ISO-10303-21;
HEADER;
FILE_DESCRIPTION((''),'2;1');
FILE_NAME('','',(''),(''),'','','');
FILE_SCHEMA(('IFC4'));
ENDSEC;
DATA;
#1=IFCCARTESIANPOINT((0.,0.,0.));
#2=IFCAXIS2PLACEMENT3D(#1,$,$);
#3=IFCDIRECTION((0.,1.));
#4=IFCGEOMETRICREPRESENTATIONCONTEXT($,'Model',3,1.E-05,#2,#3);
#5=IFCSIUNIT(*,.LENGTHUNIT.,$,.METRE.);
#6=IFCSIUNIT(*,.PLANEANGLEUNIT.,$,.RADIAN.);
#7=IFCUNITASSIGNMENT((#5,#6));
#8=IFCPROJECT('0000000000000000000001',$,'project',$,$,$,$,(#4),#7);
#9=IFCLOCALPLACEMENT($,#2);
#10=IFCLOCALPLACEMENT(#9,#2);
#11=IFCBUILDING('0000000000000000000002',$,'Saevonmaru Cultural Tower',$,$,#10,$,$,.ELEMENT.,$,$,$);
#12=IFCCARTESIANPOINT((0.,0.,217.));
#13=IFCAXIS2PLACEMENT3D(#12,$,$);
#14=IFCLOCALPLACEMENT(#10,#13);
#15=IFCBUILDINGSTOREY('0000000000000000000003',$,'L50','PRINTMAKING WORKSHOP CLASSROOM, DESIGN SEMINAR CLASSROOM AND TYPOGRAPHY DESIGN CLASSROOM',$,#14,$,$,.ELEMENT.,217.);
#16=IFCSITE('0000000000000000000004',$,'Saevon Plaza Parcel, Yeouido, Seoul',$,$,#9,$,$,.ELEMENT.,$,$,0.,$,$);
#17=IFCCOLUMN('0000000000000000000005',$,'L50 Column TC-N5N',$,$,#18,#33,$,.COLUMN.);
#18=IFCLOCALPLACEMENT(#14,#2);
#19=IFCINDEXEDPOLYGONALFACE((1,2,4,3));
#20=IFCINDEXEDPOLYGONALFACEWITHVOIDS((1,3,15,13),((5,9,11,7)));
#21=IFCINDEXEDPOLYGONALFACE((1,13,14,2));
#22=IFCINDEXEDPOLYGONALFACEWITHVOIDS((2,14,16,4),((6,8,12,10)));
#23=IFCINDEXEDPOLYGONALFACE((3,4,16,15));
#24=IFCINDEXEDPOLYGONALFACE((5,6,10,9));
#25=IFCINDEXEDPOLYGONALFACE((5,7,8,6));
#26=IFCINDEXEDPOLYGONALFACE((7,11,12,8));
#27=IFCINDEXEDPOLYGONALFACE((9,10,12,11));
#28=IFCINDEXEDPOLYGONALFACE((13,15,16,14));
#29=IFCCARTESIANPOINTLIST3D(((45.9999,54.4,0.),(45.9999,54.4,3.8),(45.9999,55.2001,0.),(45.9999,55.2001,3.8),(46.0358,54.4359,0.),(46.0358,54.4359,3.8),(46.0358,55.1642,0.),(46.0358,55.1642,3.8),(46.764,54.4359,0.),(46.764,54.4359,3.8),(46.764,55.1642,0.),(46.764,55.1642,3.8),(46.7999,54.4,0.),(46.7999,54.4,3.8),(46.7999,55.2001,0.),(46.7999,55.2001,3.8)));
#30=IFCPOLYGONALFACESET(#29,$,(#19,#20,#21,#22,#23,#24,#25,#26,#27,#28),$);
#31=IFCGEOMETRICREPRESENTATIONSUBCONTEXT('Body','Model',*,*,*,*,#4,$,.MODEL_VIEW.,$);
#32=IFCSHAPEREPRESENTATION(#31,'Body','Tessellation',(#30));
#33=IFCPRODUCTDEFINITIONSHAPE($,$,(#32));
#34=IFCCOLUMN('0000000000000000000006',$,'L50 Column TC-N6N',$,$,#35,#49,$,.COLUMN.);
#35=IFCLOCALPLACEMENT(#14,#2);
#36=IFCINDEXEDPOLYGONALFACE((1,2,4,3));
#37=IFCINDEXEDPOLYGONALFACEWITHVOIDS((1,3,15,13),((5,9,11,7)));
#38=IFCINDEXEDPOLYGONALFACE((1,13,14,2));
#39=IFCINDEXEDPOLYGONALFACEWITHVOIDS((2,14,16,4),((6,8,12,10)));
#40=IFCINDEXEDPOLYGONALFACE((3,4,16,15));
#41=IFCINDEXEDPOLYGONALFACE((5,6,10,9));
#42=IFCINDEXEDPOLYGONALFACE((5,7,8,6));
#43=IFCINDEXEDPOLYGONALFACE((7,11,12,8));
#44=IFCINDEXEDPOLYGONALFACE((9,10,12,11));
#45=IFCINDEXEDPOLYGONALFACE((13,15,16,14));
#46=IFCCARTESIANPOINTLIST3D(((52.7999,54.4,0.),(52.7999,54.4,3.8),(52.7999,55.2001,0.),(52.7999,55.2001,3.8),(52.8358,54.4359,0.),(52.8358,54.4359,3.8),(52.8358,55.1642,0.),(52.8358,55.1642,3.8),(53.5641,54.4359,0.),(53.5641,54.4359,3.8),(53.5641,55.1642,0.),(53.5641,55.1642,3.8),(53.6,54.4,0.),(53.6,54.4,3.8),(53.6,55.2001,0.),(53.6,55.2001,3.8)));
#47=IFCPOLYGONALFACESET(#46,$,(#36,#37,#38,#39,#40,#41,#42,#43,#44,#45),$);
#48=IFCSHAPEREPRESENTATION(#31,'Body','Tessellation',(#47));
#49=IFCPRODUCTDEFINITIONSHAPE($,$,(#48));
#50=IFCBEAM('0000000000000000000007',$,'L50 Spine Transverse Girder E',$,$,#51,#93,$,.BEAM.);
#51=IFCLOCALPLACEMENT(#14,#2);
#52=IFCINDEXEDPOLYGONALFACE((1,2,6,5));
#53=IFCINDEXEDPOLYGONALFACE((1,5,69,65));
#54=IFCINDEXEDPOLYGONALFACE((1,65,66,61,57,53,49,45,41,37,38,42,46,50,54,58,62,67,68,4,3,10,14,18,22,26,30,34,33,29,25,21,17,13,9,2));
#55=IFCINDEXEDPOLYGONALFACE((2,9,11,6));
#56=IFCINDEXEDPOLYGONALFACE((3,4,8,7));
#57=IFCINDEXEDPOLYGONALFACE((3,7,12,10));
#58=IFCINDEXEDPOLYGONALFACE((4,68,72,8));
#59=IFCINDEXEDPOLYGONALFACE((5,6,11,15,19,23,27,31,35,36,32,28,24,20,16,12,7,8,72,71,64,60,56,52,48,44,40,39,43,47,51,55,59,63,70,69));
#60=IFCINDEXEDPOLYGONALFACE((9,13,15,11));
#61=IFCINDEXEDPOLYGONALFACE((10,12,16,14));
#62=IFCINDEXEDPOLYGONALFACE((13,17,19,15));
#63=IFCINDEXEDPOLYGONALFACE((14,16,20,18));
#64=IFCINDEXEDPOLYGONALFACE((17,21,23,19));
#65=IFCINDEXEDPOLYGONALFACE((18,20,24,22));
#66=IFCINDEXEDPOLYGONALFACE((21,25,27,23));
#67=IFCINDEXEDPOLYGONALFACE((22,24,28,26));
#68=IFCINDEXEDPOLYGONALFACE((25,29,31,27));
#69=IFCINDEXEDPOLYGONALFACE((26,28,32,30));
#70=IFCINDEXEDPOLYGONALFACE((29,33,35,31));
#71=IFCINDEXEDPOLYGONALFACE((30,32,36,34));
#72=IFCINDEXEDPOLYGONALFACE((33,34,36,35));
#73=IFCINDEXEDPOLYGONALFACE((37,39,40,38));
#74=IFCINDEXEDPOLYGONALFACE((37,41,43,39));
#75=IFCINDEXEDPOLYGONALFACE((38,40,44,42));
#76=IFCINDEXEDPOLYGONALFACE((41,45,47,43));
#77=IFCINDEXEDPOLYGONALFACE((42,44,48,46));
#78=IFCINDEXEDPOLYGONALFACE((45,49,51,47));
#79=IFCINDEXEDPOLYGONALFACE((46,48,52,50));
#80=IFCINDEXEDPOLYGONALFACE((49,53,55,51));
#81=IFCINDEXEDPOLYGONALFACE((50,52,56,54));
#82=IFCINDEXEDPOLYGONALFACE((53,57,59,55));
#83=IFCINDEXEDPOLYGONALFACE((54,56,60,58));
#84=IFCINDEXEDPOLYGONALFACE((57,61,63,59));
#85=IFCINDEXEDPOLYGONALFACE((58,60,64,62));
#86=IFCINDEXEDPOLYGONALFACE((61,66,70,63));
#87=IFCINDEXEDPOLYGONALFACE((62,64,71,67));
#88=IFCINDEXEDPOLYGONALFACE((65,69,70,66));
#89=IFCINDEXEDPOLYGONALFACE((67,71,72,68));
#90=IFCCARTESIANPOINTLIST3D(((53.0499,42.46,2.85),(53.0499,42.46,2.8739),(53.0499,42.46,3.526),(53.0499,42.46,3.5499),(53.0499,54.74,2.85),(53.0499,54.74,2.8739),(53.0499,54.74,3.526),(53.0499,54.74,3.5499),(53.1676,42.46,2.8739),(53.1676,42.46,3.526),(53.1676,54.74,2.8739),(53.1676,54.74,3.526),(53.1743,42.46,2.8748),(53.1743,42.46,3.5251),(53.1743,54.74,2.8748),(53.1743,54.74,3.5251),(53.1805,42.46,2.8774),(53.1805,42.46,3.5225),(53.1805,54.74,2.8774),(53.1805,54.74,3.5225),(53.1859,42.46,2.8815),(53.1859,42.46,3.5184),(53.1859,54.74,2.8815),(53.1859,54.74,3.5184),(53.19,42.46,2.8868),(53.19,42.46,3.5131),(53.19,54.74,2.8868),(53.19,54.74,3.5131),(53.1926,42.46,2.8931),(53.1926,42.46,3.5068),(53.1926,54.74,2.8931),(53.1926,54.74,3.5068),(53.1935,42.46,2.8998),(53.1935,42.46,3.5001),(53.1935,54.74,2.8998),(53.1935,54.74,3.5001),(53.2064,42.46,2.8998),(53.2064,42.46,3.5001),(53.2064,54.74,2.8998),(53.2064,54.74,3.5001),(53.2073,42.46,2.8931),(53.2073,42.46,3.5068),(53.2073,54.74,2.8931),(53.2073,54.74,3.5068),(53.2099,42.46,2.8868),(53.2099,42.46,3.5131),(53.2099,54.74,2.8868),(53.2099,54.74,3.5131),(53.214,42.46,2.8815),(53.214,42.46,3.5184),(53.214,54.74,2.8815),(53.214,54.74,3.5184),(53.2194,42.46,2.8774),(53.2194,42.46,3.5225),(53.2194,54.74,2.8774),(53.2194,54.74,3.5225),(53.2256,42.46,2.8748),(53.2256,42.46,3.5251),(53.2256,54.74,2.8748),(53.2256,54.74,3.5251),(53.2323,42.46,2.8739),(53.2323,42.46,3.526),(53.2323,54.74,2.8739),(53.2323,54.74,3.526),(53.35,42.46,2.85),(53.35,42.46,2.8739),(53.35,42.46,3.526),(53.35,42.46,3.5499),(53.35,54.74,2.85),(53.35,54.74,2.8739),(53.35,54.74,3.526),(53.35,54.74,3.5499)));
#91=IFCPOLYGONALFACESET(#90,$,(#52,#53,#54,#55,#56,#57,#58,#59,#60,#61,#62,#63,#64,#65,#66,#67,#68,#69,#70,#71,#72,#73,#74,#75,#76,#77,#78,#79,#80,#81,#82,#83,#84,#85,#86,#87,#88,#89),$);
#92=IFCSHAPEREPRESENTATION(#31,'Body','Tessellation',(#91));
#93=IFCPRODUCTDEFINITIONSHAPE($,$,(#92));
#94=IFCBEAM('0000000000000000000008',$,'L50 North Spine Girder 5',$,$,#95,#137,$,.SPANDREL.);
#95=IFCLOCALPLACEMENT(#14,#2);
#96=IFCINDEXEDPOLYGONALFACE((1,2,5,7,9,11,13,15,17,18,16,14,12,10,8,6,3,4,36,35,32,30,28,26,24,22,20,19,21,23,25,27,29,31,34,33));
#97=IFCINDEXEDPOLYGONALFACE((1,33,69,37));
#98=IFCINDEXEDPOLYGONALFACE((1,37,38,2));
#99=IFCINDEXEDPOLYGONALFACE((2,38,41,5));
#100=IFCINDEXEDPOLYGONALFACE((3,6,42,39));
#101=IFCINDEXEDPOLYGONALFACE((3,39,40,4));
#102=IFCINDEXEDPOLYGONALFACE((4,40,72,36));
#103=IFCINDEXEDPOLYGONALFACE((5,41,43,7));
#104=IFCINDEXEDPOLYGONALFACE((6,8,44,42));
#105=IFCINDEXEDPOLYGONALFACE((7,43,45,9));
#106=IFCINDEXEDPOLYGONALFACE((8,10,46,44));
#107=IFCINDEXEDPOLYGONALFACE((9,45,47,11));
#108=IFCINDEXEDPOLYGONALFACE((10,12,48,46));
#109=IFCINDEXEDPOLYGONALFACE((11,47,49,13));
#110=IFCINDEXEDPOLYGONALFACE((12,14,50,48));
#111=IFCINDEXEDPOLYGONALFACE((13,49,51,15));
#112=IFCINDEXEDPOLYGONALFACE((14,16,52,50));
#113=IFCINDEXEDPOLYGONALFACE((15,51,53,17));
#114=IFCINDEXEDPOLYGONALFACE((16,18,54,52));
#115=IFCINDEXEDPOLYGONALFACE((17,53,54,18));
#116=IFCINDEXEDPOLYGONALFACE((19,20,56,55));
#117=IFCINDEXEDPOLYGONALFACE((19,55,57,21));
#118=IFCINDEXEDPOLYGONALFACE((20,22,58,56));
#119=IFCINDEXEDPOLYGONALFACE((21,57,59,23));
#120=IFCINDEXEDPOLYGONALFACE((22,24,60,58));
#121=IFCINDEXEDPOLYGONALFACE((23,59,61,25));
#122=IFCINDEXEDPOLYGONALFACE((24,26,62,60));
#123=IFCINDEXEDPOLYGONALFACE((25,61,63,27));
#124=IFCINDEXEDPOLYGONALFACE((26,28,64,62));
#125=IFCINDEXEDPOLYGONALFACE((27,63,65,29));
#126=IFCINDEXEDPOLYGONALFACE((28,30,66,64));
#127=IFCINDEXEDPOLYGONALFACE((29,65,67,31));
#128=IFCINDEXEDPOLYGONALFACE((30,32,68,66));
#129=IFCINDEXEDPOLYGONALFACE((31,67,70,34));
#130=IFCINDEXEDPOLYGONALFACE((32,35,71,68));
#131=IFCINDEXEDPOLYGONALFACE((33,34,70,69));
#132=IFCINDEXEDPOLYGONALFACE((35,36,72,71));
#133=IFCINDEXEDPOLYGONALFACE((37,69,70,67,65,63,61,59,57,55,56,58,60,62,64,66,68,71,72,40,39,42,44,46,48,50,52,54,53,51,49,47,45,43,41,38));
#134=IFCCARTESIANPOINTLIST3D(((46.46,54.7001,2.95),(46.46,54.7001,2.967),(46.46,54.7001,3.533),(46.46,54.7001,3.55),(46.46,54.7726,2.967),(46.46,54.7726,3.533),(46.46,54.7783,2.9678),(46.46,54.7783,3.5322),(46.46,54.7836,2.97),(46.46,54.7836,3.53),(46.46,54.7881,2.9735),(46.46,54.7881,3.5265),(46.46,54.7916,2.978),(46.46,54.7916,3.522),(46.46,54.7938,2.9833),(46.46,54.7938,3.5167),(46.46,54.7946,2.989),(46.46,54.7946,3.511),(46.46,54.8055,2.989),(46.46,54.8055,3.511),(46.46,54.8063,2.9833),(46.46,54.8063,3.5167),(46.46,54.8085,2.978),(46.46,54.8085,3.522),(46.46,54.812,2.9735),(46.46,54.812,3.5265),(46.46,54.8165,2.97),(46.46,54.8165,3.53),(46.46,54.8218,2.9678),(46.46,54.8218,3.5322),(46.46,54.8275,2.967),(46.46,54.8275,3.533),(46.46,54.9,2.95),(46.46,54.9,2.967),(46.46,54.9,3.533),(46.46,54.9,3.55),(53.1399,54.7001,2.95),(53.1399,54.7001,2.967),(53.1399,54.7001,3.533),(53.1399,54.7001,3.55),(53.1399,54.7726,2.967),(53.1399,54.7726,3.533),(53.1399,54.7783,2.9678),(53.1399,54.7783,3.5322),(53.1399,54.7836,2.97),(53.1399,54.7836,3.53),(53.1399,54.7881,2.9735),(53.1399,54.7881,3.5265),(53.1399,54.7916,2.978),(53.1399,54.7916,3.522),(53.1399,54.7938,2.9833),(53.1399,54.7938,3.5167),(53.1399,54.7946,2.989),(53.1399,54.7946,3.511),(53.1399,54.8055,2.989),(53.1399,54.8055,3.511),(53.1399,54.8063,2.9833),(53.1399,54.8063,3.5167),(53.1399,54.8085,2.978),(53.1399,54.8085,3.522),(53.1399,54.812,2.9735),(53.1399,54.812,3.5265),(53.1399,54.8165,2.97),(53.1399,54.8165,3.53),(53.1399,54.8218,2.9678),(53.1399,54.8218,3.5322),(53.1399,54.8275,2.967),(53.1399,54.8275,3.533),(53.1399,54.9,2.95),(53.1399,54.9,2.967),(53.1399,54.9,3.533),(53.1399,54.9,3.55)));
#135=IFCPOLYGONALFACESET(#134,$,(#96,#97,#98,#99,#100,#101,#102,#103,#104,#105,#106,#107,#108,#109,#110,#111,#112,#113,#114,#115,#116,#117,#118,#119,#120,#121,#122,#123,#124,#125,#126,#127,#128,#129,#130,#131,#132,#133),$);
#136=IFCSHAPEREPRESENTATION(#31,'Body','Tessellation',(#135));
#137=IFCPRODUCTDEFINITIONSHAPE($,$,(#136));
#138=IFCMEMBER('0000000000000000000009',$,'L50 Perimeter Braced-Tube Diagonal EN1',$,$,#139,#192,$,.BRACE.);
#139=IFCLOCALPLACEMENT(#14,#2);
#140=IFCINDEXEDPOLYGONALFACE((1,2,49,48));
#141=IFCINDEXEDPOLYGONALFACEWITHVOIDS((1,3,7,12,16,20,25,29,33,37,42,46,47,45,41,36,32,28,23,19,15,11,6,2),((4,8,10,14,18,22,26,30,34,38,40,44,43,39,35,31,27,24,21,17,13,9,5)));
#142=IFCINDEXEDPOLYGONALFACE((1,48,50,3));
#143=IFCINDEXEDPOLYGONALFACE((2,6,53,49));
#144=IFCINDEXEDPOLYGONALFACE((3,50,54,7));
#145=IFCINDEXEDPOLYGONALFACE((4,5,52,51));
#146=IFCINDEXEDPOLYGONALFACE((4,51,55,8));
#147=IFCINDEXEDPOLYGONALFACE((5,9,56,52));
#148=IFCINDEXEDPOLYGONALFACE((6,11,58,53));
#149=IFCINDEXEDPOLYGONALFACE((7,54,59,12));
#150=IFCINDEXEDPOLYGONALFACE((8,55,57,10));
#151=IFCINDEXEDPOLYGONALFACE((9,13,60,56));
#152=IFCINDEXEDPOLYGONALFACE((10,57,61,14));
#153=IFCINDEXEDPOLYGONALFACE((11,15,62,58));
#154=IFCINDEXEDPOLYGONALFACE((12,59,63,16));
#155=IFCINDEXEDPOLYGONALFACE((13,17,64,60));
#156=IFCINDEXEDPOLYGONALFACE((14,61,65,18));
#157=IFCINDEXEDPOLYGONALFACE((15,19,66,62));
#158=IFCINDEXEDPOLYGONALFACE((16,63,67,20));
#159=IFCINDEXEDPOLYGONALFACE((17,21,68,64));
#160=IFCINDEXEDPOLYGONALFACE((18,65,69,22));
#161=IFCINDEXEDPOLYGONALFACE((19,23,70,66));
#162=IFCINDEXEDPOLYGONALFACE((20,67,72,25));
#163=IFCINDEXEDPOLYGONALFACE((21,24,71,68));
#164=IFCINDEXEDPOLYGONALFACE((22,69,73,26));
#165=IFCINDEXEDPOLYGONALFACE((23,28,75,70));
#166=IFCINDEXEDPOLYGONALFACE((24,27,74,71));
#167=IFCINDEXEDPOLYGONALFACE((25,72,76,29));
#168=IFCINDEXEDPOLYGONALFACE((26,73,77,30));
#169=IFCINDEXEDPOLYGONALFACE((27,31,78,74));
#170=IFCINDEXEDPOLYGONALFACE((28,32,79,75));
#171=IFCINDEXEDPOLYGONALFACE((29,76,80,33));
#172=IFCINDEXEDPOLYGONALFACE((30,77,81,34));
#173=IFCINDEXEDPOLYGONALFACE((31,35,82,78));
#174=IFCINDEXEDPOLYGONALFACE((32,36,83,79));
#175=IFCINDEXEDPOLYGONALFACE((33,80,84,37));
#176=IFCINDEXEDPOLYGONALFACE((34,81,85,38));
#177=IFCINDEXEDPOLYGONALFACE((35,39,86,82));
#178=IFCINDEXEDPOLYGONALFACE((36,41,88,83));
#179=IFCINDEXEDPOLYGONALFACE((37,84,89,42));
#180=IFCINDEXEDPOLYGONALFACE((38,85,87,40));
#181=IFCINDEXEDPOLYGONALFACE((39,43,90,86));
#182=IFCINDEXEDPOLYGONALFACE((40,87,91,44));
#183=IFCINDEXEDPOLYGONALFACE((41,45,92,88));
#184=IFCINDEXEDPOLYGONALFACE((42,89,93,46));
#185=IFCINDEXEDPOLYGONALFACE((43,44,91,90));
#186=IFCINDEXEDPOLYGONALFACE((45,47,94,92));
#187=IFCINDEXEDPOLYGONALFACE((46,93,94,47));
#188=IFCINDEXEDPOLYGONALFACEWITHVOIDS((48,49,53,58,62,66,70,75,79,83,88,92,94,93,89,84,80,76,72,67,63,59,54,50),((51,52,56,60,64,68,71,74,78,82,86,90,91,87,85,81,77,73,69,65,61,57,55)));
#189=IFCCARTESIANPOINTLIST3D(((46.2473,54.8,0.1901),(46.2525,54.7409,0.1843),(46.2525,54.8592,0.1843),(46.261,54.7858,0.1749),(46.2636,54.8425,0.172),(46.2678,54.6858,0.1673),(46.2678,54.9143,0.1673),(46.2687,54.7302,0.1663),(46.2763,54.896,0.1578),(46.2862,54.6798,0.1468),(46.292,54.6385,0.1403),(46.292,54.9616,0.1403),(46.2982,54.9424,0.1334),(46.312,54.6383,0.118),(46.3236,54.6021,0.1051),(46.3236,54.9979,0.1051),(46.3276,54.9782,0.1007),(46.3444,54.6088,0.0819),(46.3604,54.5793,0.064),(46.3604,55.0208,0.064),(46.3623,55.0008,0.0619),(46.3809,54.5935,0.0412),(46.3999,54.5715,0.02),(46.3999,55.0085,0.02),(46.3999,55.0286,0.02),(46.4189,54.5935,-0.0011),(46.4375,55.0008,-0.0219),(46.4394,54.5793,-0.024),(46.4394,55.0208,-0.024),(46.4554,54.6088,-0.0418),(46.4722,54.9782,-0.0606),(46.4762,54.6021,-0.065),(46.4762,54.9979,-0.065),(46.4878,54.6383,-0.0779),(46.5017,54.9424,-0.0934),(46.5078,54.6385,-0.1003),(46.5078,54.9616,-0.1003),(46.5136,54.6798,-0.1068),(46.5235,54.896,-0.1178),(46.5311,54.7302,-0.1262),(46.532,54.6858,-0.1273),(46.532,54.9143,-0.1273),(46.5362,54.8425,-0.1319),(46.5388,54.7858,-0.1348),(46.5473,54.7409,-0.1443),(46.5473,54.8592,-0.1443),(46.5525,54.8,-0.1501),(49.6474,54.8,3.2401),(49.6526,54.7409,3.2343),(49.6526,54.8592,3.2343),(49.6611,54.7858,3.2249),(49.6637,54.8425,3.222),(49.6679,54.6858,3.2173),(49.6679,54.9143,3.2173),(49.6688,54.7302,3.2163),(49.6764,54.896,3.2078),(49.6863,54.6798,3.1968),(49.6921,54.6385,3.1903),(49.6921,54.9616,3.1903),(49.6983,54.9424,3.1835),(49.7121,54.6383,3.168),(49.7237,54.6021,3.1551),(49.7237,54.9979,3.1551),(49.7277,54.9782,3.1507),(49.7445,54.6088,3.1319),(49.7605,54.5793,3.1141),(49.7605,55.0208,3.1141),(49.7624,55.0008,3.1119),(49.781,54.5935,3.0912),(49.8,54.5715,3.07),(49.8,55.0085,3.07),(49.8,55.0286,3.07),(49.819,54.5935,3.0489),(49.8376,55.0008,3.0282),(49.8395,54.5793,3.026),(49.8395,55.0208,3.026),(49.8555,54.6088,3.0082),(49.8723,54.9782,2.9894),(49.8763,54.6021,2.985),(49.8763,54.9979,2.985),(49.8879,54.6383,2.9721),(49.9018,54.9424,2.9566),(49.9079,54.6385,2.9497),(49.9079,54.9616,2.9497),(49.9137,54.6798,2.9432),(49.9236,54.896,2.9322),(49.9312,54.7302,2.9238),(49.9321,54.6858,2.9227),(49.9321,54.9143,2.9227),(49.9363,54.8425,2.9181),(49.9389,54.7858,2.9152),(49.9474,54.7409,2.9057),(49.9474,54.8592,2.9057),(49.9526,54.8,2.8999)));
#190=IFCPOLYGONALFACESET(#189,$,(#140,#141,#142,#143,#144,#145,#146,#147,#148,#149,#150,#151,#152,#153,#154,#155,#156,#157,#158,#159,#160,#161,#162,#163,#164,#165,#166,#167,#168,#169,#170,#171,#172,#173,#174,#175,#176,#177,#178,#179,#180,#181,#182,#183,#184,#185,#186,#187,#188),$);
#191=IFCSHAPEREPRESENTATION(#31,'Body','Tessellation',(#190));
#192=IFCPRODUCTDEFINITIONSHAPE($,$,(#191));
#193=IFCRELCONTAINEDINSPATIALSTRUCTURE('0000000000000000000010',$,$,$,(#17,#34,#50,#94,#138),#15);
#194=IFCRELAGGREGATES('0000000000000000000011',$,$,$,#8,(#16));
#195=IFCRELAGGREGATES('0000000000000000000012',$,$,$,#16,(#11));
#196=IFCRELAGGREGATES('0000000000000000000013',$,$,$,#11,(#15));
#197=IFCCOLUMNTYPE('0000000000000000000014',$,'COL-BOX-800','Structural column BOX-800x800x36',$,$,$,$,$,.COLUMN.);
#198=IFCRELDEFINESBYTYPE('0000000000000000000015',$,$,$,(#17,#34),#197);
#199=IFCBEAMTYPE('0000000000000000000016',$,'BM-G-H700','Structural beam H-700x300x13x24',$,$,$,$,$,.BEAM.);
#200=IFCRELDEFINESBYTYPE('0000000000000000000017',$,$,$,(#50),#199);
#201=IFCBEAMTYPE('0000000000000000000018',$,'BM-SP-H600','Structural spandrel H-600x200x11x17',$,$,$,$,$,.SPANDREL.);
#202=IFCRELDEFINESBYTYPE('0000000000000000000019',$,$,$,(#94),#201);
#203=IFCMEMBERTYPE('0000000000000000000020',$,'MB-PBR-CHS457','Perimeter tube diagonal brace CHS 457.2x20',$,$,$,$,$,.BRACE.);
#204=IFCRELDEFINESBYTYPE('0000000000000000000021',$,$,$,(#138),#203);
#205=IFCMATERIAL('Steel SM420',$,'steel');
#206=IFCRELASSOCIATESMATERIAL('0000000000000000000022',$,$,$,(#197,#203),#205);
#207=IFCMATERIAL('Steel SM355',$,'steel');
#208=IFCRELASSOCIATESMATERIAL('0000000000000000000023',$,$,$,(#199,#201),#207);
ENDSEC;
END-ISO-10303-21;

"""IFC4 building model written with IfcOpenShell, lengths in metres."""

from ifc_helpers import new_model, si_unit, direction, frame, origin, origin_2d, place, context, subcontext, project, spatial, hollow_rectangle, hollow_circle, i_section, extrude, material, material_profile, profile_set, type_object, element, save


model = new_model("IFC4")

# Units and contexts
model_context = context("Model", 3, precision=1e-05, world=origin(), true_north=direction((0.0, 1.0)))
body_context = subcontext(model_context, "Body", "Model", "MODEL_VIEW")
ifc_project = project(units=[si_unit("LENGTHUNIT", "METRE"), si_unit("PLANEANGLEUNIT", "RADIAN")], contexts=[model_context])

# Site, building, storey
site_placement = place(None, origin())
site = spatial("IfcSite", under=ifc_project, at=site_placement, Name="Saevon Plaza Parcel, Yeouido, Seoul", CompositionType="ELEMENT", RefElevation=0.0)
building_placement = place(site_placement, origin())
building = spatial("IfcBuilding", under=site, at=building_placement, Name="Saevonmaru Cultural Tower", CompositionType="ELEMENT")
storey_placement = place(building_placement, frame((0.0, 0.0, 217.0)))
storey = spatial("IfcBuildingStorey", under=building, at=storey_placement, Name="L50", Description="PRINTMAKING WORKSHOP CLASSROOM, DESIGN SEMINAR CLASSROOM AND TYPOGRAPHY DESIGN CLASSROOM", CompositionType="ELEMENT", Elevation=217.0)

# Columns
ifc_material_1 = material(Name="Steel SM420", Category="steel")
ifc_material_profile_1 = material_profile(ifc_material_1, hollow_rectangle(XDim=0.8, YDim=0.8, WallThickness=0.0359, at=origin_2d()), Name="BOX-800x800x36")
ifc_profile_set_1 = profile_set([ifc_material_profile_1], Name="Steel SM420")
column_type = type_object("IfcColumnType", Name="COL-BOX-800", Description="Structural column BOX-800x800x36", PredefinedType="COLUMN", material=ifc_profile_set_1)
for number, where, z_axis, x_axis, name in (
    (1, (46.3999, 54.8, 0.0), (0.0, 0.0, 1.0), (1.0, 0.0, 0.0), "L50 Column TC-N5N"),
    (2, (53.2, 54.8, 0.0), (0.0, 0.0, 1.0), (1.0, 0.0, 0.0), "L50 Column TC-N6N"),
):
    element("IfcColumn", number, at=place(storey_placement, frame(where, z_axis=z_axis, x_axis=x_axis)), inside=storey, type_object=column_type, Name=name, PredefinedType="COLUMN", context=body_context, shape_type="SweptSolid", body=[
        extrude(hollow_rectangle(XDim=0.8, YDim=0.8, WallThickness=0.0359, at=origin_2d()), origin(), (0.0, 0.0, 1.0), 3.8),
    ])

# Beams
ifc_material_2 = material(Name="Steel SM355", Category="steel")
ifc_material_profile_2 = material_profile(ifc_material_2, i_section(OverallWidth=0.3, OverallDepth=0.7, WebThickness=0.0129, FlangeThickness=0.0239, FilletRadius=0.0259, at=origin_2d()), Name="H-700x300x13x24")
ifc_profile_set_2 = profile_set([ifc_material_profile_2], Name="Steel SM355")
beam_type_1 = type_object("IfcBeamType", Name="BM-G-H700", Description="Structural beam H-700x300x13x24", PredefinedType="BEAM", material=ifc_profile_set_2)
beam_1_placement = place(storey_placement, frame((53.2, 54.74, 3.2), z_axis=(0.0, -1.0, 0.0), x_axis=(1.0, 0.0, 0.0)))
element("IfcBeam", 3, at=beam_1_placement, inside=storey, type_object=beam_type_1, Name="L50 Spine Transverse Girder E", PredefinedType="BEAM", context=body_context, shape_type="SweptSolid", body=[
    extrude(i_section(OverallWidth=0.3, OverallDepth=0.7, WebThickness=0.0129, FlangeThickness=0.0239, FilletRadius=0.0259, at=origin_2d()), origin(), (0.0, 0.0, 1.0), 12.28),
])
ifc_material_profile_3 = material_profile(ifc_material_2, i_section(OverallWidth=0.2, OverallDepth=0.6001, WebThickness=0.011, FlangeThickness=0.0171, FilletRadius=0.022, at=origin_2d()), Name="H-600x200x11x17")
ifc_profile_set_3 = profile_set([ifc_material_profile_3], Name="Steel SM355")
beam_type_2 = type_object("IfcBeamType", Name="BM-SP-H600", Description="Structural spandrel H-600x200x11x17", PredefinedType="SPANDREL", material=ifc_profile_set_3)
beam_2_placement = place(storey_placement, frame((46.46, 54.8, 3.25), z_axis=(1.0, 0.0, 0.0), x_axis=(0.0, 1.0, 0.0)))
element("IfcBeam", 4, at=beam_2_placement, inside=storey, type_object=beam_type_2, Name="L50 North Spine Girder 5", PredefinedType="SPANDREL", context=body_context, shape_type="SweptSolid", body=[
    extrude(i_section(OverallWidth=0.2, OverallDepth=0.6001, WebThickness=0.011, FlangeThickness=0.0171, FilletRadius=0.022, at=origin_2d()), origin(), (0.0, 0.0, 1.0), 6.6799),
])

# Member
ifc_material_profile_4 = material_profile(ifc_material_1, hollow_circle(Radius=0.2285, WallThickness=0.02, at=origin_2d()), Name="CHS-457.2x20")
ifc_profile_set_4 = profile_set([ifc_material_profile_4], Name="Steel SM420")
member_type_1 = type_object("IfcMemberType", Name="MB-PBR-CHS457", Description="Perimeter tube diagonal brace CHS 457.2x20", PredefinedType="BRACE", material=ifc_profile_set_4)
for number, where, z_axis, x_axis, name in (
    (5, (46.3999, 54.8, 0.02), (0.744391, 0.0, 0.667744), (0.0, 1.0, 0.0), "L50 Perimeter Braced-Tube Diagonal EN1"),
):
    element("IfcMember", number, at=place(storey_placement, frame(where, z_axis=z_axis, x_axis=x_axis)), inside=storey, type_object=member_type_1, Name=name, PredefinedType="BRACE", context=body_context, shape_type="SweptSolid", body=[
        extrude(hollow_circle(Radius=0.2285, WallThickness=0.02, at=origin_2d()), origin(), (0.0, 0.0, 1.0), 4.5676),
    ])

save(model, "model.ifc")
